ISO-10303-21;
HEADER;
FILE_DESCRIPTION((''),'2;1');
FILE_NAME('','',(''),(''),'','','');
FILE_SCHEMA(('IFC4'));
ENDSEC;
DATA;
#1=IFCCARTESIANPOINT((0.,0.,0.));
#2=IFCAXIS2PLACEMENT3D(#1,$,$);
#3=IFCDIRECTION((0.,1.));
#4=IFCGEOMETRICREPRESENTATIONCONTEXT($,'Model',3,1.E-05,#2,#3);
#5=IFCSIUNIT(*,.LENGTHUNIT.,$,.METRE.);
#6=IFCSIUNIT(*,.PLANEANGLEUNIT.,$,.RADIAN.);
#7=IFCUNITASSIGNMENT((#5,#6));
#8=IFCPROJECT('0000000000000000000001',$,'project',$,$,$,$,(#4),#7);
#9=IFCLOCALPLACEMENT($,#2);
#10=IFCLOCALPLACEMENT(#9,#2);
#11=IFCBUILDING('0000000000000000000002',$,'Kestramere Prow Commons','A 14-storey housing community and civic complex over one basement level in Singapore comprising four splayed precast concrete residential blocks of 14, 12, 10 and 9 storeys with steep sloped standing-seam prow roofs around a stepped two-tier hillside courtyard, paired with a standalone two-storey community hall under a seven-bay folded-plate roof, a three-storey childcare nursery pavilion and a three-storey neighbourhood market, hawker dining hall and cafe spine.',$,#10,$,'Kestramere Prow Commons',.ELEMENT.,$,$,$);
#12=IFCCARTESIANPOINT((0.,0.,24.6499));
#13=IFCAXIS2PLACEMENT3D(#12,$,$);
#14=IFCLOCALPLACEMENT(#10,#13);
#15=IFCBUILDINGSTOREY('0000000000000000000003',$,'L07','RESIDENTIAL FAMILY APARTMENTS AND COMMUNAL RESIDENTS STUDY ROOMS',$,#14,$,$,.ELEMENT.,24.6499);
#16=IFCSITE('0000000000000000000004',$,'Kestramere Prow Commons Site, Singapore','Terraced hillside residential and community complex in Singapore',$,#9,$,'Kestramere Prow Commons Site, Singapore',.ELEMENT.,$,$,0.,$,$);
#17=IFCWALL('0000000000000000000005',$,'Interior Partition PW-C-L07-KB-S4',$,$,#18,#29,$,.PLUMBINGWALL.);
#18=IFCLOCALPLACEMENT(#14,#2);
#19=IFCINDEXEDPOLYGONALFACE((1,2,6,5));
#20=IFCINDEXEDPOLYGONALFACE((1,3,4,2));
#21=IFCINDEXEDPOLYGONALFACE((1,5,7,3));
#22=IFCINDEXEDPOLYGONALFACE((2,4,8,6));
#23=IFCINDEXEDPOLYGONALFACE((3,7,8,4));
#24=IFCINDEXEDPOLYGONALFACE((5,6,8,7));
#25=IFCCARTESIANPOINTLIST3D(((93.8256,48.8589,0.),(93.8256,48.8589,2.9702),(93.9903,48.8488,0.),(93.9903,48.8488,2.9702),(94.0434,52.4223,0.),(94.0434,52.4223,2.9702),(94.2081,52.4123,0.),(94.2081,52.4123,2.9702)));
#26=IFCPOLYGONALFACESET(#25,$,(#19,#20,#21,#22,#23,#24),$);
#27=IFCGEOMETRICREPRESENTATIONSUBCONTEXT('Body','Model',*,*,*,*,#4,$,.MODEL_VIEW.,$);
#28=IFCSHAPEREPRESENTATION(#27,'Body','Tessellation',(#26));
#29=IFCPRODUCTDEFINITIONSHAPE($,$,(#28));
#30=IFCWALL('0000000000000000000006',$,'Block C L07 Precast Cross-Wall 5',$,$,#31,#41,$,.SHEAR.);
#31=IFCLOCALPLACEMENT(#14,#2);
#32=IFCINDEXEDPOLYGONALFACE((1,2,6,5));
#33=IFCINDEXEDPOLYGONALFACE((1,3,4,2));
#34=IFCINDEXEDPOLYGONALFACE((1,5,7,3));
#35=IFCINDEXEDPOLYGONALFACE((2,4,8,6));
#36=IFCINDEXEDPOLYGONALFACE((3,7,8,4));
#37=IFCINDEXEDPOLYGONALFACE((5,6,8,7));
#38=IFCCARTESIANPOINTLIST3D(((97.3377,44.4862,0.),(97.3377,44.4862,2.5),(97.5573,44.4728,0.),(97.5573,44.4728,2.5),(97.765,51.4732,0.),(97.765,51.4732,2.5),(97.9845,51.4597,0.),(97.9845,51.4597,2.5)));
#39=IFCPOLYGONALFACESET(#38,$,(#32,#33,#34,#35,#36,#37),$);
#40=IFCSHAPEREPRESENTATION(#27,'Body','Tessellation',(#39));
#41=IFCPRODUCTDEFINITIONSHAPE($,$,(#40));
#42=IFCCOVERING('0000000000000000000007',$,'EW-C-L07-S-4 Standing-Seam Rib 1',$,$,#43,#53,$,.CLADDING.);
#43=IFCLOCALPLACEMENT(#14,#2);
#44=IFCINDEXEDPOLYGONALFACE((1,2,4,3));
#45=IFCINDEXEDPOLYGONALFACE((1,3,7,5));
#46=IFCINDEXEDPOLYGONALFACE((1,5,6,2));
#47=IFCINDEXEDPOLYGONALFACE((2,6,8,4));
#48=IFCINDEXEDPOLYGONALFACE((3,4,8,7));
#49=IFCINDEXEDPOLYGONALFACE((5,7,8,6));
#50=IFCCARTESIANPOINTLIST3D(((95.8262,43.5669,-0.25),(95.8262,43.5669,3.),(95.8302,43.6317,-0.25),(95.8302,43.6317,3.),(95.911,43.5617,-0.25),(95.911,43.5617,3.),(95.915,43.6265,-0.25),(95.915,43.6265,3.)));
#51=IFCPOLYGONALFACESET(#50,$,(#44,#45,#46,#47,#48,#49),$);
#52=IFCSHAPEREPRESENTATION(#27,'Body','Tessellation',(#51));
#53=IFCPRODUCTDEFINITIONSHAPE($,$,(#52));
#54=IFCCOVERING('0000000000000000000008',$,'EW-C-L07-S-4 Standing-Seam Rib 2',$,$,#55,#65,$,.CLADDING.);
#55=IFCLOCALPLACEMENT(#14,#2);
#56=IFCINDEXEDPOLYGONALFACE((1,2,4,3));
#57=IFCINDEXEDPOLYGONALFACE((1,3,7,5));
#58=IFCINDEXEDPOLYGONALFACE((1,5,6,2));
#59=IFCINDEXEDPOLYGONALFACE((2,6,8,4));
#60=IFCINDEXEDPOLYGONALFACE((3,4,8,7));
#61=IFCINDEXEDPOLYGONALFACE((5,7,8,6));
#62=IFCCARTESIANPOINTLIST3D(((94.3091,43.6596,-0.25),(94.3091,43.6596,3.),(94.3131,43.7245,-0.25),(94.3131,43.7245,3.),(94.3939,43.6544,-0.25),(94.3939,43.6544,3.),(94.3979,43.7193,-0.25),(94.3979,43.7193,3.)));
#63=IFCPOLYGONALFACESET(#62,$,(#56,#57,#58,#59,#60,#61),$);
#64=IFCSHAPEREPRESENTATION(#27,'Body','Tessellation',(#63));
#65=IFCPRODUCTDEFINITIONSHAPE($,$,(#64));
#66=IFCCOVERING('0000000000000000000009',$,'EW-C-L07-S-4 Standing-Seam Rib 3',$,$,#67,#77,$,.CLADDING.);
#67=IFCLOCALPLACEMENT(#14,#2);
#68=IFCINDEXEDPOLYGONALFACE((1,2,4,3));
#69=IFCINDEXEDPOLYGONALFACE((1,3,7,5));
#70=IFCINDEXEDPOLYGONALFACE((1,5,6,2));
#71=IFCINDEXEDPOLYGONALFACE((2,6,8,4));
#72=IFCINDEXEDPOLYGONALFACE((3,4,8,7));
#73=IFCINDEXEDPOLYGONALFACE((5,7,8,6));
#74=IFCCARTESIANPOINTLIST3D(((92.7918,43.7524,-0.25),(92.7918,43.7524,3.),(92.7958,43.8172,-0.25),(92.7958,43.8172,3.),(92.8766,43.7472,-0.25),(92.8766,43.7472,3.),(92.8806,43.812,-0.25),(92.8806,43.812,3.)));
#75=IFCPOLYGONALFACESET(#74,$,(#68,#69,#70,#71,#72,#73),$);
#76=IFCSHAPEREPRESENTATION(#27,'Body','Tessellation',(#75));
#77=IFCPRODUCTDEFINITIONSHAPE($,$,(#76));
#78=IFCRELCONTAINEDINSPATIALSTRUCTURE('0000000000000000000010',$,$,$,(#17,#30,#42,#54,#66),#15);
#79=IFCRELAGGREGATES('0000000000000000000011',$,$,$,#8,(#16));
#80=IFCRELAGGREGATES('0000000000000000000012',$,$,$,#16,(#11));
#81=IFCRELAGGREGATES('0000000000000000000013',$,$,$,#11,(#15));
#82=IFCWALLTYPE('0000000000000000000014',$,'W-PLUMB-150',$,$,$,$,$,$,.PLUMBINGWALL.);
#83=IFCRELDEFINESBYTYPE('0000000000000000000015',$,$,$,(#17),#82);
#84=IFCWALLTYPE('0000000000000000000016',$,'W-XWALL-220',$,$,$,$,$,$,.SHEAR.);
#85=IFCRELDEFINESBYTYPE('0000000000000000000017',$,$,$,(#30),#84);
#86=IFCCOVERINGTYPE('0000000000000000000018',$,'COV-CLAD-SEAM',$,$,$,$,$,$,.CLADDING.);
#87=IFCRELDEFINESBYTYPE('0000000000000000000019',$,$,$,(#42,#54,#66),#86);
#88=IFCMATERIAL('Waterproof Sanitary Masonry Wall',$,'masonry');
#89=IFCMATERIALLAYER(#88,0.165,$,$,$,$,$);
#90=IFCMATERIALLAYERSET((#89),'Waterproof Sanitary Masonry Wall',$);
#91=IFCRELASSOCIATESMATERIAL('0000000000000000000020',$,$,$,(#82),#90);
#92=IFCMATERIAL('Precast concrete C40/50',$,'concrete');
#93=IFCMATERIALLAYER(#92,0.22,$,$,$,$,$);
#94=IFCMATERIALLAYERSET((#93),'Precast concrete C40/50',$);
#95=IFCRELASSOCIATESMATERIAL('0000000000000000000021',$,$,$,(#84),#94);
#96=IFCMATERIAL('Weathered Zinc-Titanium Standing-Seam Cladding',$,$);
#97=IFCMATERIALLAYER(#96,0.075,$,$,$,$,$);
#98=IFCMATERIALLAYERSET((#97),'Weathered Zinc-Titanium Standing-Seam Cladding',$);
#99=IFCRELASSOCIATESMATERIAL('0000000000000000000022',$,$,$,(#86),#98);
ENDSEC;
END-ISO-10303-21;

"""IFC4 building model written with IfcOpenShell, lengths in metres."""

from ifc_helpers import new_model, si_unit, direction, frame, frame_2d, origin, origin_2d, place, context, subcontext, project, spatial, rectangle, extrude, material, layer, layer_set, type_object, element, save


model = new_model("IFC4")

# Units and contexts
model_context = context("Model", 3, precision=1e-05, world=origin(), true_north=direction((0.0, 1.0)))
body_context = subcontext(model_context, "Body", "Model", "MODEL_VIEW")
ifc_project = project(units=[si_unit("LENGTHUNIT", "METRE"), si_unit("PLANEANGLEUNIT", "RADIAN")], contexts=[model_context])

# Site, building, storey
site_placement = place(None, origin())
site = spatial("IfcSite", under=ifc_project, at=site_placement, Name="Kestramere Prow Commons Site, Singapore", Description="Terraced hillside residential and community complex in Singapore", LongName="Kestramere Prow Commons Site, Singapore", CompositionType="ELEMENT", RefElevation=0.0)
building_placement = place(site_placement, origin())
building = spatial("IfcBuilding", under=site, at=building_placement, Name="Kestramere Prow Commons", Description="A 14-storey housing community and civic complex over one basement level in Singapore comprising four splayed precast concrete residential blocks of 14, 12, 10 and 9 storeys with steep sloped standing-seam prow roofs around a stepped two-tier hillside courtyard, paired with a standalone two-storey community hall under a seven-bay folded-plate roof, a three-storey childcare nursery pavilion and a three-storey neighbourhood market, hawker dining hall and cafe spine.", LongName="Kestramere Prow Commons", CompositionType="ELEMENT")
storey_placement = place(building_placement, frame((0.0, 0.0, 24.6499)))
storey = spatial("IfcBuildingStorey", under=building, at=storey_placement, Name="L07", Description="RESIDENTIAL FAMILY APARTMENTS AND COMMUNAL RESIDENTS STUDY ROOMS", CompositionType="ELEMENT", Elevation=24.6499)

# Shared definitions
ifc_material_1 = material(Name="Precast concrete C40/50", Category="concrete")

# Shared definitions
ifc_material_2 = material(Name="Waterproof Sanitary Masonry Wall", Category="masonry")
ifc_layer_1 = layer(ifc_material_2, 0.165)
ifc_layer_set_1 = layer_set([ifc_layer_1], Name="Waterproof Sanitary Masonry Wall")
wall_type_1 = type_object("IfcWallType", Name="W-PLUMB-150", PredefinedType="PLUMBINGWALL", material=ifc_layer_set_1)

# Walls
wall_1_placement = place(storey_placement, frame((93.908, 48.8538, 0.0), z_axis=(0.0, 0.0, 1.0), x_axis=(0.060999, 0.998138, 0.0)))
element("IfcWall", 1, at=wall_1_placement, inside=storey, type_object=wall_type_1, Name="Interior Partition PW-C-L07-KB-S4", PredefinedType="PLUMBINGWALL", context=body_context, shape_type="SweptSolid", body=[
    extrude(rectangle(XDim=3.5701, YDim=0.165, at=frame_2d((1.7852, 0.0))), origin(), (0.0, 0.0, 1.0), 2.9702),
])
ifc_layer_2 = layer(ifc_material_1, 0.22)
ifc_layer_set_2 = layer_set([ifc_layer_2], Name="Precast concrete C40/50")
wall_type_2 = type_object("IfcWallType", Name="W-XWALL-220", PredefinedType="SHEAR", material=ifc_layer_set_2)
wall_2_placement = place(storey_placement, frame((97.4475, 44.4795, 0.0), z_axis=(0.0, 0.0, 1.0), x_axis=(0.061034, 0.998136, 0.0)))
element("IfcWall", 2, at=wall_2_placement, inside=storey, type_object=wall_type_2, Name="Block C L07 Precast Cross-Wall 5", PredefinedType="SHEAR", context=body_context, shape_type="SweptSolid", body=[
    extrude(rectangle(XDim=7.0, YDim=0.22, at=frame_2d((3.5, 0.0))), origin(), (0.0, 0.0, 1.0), 2.5),
])

# Coverings
ifc_material_3 = material(Name="Weathered Zinc-Titanium Standing-Seam Cladding")
ifc_layer_3 = layer(ifc_material_3, 0.075)
ifc_layer_set_3 = layer_set([ifc_layer_3], Name="Weathered Zinc-Titanium Standing-Seam Cladding")
covering_type = type_object("IfcCoveringType", Name="COV-CLAD-SEAM", PredefinedType="CLADDING", material=ifc_layer_set_3)
for number, where, z_axis, x_axis, name in (
    (3, (95.8706, 43.5967, -0.25), (0.0, 0.0, 1.0), (-0.998135, 0.061049, 0.0), "EW-C-L07-S-4 Standing-Seam Rib 1"),
    (4, (94.3535, 43.6895, -0.25), (0.0, 0.0, 1.0), (-0.998135, 0.061049, 0.0), "EW-C-L07-S-4 Standing-Seam Rib 2"),
    (5, (92.8362, 43.7822, -0.25), (0.0, 0.0, 1.0), (-0.998135, 0.061049, 0.0), "EW-C-L07-S-4 Standing-Seam Rib 3"),
):
    element("IfcCovering", number, at=place(storey_placement, frame(where, z_axis=z_axis, x_axis=x_axis)), inside=storey, type_object=covering_type, Name=name, PredefinedType="CLADDING", context=body_context, shape_type="SweptSolid", body=[
        extrude(rectangle(XDim=0.085, YDim=0.0649, at=origin_2d()), origin(), (0.0, 0.0, 1.0), 3.25),
    ])

save(model, "model.ifc")
